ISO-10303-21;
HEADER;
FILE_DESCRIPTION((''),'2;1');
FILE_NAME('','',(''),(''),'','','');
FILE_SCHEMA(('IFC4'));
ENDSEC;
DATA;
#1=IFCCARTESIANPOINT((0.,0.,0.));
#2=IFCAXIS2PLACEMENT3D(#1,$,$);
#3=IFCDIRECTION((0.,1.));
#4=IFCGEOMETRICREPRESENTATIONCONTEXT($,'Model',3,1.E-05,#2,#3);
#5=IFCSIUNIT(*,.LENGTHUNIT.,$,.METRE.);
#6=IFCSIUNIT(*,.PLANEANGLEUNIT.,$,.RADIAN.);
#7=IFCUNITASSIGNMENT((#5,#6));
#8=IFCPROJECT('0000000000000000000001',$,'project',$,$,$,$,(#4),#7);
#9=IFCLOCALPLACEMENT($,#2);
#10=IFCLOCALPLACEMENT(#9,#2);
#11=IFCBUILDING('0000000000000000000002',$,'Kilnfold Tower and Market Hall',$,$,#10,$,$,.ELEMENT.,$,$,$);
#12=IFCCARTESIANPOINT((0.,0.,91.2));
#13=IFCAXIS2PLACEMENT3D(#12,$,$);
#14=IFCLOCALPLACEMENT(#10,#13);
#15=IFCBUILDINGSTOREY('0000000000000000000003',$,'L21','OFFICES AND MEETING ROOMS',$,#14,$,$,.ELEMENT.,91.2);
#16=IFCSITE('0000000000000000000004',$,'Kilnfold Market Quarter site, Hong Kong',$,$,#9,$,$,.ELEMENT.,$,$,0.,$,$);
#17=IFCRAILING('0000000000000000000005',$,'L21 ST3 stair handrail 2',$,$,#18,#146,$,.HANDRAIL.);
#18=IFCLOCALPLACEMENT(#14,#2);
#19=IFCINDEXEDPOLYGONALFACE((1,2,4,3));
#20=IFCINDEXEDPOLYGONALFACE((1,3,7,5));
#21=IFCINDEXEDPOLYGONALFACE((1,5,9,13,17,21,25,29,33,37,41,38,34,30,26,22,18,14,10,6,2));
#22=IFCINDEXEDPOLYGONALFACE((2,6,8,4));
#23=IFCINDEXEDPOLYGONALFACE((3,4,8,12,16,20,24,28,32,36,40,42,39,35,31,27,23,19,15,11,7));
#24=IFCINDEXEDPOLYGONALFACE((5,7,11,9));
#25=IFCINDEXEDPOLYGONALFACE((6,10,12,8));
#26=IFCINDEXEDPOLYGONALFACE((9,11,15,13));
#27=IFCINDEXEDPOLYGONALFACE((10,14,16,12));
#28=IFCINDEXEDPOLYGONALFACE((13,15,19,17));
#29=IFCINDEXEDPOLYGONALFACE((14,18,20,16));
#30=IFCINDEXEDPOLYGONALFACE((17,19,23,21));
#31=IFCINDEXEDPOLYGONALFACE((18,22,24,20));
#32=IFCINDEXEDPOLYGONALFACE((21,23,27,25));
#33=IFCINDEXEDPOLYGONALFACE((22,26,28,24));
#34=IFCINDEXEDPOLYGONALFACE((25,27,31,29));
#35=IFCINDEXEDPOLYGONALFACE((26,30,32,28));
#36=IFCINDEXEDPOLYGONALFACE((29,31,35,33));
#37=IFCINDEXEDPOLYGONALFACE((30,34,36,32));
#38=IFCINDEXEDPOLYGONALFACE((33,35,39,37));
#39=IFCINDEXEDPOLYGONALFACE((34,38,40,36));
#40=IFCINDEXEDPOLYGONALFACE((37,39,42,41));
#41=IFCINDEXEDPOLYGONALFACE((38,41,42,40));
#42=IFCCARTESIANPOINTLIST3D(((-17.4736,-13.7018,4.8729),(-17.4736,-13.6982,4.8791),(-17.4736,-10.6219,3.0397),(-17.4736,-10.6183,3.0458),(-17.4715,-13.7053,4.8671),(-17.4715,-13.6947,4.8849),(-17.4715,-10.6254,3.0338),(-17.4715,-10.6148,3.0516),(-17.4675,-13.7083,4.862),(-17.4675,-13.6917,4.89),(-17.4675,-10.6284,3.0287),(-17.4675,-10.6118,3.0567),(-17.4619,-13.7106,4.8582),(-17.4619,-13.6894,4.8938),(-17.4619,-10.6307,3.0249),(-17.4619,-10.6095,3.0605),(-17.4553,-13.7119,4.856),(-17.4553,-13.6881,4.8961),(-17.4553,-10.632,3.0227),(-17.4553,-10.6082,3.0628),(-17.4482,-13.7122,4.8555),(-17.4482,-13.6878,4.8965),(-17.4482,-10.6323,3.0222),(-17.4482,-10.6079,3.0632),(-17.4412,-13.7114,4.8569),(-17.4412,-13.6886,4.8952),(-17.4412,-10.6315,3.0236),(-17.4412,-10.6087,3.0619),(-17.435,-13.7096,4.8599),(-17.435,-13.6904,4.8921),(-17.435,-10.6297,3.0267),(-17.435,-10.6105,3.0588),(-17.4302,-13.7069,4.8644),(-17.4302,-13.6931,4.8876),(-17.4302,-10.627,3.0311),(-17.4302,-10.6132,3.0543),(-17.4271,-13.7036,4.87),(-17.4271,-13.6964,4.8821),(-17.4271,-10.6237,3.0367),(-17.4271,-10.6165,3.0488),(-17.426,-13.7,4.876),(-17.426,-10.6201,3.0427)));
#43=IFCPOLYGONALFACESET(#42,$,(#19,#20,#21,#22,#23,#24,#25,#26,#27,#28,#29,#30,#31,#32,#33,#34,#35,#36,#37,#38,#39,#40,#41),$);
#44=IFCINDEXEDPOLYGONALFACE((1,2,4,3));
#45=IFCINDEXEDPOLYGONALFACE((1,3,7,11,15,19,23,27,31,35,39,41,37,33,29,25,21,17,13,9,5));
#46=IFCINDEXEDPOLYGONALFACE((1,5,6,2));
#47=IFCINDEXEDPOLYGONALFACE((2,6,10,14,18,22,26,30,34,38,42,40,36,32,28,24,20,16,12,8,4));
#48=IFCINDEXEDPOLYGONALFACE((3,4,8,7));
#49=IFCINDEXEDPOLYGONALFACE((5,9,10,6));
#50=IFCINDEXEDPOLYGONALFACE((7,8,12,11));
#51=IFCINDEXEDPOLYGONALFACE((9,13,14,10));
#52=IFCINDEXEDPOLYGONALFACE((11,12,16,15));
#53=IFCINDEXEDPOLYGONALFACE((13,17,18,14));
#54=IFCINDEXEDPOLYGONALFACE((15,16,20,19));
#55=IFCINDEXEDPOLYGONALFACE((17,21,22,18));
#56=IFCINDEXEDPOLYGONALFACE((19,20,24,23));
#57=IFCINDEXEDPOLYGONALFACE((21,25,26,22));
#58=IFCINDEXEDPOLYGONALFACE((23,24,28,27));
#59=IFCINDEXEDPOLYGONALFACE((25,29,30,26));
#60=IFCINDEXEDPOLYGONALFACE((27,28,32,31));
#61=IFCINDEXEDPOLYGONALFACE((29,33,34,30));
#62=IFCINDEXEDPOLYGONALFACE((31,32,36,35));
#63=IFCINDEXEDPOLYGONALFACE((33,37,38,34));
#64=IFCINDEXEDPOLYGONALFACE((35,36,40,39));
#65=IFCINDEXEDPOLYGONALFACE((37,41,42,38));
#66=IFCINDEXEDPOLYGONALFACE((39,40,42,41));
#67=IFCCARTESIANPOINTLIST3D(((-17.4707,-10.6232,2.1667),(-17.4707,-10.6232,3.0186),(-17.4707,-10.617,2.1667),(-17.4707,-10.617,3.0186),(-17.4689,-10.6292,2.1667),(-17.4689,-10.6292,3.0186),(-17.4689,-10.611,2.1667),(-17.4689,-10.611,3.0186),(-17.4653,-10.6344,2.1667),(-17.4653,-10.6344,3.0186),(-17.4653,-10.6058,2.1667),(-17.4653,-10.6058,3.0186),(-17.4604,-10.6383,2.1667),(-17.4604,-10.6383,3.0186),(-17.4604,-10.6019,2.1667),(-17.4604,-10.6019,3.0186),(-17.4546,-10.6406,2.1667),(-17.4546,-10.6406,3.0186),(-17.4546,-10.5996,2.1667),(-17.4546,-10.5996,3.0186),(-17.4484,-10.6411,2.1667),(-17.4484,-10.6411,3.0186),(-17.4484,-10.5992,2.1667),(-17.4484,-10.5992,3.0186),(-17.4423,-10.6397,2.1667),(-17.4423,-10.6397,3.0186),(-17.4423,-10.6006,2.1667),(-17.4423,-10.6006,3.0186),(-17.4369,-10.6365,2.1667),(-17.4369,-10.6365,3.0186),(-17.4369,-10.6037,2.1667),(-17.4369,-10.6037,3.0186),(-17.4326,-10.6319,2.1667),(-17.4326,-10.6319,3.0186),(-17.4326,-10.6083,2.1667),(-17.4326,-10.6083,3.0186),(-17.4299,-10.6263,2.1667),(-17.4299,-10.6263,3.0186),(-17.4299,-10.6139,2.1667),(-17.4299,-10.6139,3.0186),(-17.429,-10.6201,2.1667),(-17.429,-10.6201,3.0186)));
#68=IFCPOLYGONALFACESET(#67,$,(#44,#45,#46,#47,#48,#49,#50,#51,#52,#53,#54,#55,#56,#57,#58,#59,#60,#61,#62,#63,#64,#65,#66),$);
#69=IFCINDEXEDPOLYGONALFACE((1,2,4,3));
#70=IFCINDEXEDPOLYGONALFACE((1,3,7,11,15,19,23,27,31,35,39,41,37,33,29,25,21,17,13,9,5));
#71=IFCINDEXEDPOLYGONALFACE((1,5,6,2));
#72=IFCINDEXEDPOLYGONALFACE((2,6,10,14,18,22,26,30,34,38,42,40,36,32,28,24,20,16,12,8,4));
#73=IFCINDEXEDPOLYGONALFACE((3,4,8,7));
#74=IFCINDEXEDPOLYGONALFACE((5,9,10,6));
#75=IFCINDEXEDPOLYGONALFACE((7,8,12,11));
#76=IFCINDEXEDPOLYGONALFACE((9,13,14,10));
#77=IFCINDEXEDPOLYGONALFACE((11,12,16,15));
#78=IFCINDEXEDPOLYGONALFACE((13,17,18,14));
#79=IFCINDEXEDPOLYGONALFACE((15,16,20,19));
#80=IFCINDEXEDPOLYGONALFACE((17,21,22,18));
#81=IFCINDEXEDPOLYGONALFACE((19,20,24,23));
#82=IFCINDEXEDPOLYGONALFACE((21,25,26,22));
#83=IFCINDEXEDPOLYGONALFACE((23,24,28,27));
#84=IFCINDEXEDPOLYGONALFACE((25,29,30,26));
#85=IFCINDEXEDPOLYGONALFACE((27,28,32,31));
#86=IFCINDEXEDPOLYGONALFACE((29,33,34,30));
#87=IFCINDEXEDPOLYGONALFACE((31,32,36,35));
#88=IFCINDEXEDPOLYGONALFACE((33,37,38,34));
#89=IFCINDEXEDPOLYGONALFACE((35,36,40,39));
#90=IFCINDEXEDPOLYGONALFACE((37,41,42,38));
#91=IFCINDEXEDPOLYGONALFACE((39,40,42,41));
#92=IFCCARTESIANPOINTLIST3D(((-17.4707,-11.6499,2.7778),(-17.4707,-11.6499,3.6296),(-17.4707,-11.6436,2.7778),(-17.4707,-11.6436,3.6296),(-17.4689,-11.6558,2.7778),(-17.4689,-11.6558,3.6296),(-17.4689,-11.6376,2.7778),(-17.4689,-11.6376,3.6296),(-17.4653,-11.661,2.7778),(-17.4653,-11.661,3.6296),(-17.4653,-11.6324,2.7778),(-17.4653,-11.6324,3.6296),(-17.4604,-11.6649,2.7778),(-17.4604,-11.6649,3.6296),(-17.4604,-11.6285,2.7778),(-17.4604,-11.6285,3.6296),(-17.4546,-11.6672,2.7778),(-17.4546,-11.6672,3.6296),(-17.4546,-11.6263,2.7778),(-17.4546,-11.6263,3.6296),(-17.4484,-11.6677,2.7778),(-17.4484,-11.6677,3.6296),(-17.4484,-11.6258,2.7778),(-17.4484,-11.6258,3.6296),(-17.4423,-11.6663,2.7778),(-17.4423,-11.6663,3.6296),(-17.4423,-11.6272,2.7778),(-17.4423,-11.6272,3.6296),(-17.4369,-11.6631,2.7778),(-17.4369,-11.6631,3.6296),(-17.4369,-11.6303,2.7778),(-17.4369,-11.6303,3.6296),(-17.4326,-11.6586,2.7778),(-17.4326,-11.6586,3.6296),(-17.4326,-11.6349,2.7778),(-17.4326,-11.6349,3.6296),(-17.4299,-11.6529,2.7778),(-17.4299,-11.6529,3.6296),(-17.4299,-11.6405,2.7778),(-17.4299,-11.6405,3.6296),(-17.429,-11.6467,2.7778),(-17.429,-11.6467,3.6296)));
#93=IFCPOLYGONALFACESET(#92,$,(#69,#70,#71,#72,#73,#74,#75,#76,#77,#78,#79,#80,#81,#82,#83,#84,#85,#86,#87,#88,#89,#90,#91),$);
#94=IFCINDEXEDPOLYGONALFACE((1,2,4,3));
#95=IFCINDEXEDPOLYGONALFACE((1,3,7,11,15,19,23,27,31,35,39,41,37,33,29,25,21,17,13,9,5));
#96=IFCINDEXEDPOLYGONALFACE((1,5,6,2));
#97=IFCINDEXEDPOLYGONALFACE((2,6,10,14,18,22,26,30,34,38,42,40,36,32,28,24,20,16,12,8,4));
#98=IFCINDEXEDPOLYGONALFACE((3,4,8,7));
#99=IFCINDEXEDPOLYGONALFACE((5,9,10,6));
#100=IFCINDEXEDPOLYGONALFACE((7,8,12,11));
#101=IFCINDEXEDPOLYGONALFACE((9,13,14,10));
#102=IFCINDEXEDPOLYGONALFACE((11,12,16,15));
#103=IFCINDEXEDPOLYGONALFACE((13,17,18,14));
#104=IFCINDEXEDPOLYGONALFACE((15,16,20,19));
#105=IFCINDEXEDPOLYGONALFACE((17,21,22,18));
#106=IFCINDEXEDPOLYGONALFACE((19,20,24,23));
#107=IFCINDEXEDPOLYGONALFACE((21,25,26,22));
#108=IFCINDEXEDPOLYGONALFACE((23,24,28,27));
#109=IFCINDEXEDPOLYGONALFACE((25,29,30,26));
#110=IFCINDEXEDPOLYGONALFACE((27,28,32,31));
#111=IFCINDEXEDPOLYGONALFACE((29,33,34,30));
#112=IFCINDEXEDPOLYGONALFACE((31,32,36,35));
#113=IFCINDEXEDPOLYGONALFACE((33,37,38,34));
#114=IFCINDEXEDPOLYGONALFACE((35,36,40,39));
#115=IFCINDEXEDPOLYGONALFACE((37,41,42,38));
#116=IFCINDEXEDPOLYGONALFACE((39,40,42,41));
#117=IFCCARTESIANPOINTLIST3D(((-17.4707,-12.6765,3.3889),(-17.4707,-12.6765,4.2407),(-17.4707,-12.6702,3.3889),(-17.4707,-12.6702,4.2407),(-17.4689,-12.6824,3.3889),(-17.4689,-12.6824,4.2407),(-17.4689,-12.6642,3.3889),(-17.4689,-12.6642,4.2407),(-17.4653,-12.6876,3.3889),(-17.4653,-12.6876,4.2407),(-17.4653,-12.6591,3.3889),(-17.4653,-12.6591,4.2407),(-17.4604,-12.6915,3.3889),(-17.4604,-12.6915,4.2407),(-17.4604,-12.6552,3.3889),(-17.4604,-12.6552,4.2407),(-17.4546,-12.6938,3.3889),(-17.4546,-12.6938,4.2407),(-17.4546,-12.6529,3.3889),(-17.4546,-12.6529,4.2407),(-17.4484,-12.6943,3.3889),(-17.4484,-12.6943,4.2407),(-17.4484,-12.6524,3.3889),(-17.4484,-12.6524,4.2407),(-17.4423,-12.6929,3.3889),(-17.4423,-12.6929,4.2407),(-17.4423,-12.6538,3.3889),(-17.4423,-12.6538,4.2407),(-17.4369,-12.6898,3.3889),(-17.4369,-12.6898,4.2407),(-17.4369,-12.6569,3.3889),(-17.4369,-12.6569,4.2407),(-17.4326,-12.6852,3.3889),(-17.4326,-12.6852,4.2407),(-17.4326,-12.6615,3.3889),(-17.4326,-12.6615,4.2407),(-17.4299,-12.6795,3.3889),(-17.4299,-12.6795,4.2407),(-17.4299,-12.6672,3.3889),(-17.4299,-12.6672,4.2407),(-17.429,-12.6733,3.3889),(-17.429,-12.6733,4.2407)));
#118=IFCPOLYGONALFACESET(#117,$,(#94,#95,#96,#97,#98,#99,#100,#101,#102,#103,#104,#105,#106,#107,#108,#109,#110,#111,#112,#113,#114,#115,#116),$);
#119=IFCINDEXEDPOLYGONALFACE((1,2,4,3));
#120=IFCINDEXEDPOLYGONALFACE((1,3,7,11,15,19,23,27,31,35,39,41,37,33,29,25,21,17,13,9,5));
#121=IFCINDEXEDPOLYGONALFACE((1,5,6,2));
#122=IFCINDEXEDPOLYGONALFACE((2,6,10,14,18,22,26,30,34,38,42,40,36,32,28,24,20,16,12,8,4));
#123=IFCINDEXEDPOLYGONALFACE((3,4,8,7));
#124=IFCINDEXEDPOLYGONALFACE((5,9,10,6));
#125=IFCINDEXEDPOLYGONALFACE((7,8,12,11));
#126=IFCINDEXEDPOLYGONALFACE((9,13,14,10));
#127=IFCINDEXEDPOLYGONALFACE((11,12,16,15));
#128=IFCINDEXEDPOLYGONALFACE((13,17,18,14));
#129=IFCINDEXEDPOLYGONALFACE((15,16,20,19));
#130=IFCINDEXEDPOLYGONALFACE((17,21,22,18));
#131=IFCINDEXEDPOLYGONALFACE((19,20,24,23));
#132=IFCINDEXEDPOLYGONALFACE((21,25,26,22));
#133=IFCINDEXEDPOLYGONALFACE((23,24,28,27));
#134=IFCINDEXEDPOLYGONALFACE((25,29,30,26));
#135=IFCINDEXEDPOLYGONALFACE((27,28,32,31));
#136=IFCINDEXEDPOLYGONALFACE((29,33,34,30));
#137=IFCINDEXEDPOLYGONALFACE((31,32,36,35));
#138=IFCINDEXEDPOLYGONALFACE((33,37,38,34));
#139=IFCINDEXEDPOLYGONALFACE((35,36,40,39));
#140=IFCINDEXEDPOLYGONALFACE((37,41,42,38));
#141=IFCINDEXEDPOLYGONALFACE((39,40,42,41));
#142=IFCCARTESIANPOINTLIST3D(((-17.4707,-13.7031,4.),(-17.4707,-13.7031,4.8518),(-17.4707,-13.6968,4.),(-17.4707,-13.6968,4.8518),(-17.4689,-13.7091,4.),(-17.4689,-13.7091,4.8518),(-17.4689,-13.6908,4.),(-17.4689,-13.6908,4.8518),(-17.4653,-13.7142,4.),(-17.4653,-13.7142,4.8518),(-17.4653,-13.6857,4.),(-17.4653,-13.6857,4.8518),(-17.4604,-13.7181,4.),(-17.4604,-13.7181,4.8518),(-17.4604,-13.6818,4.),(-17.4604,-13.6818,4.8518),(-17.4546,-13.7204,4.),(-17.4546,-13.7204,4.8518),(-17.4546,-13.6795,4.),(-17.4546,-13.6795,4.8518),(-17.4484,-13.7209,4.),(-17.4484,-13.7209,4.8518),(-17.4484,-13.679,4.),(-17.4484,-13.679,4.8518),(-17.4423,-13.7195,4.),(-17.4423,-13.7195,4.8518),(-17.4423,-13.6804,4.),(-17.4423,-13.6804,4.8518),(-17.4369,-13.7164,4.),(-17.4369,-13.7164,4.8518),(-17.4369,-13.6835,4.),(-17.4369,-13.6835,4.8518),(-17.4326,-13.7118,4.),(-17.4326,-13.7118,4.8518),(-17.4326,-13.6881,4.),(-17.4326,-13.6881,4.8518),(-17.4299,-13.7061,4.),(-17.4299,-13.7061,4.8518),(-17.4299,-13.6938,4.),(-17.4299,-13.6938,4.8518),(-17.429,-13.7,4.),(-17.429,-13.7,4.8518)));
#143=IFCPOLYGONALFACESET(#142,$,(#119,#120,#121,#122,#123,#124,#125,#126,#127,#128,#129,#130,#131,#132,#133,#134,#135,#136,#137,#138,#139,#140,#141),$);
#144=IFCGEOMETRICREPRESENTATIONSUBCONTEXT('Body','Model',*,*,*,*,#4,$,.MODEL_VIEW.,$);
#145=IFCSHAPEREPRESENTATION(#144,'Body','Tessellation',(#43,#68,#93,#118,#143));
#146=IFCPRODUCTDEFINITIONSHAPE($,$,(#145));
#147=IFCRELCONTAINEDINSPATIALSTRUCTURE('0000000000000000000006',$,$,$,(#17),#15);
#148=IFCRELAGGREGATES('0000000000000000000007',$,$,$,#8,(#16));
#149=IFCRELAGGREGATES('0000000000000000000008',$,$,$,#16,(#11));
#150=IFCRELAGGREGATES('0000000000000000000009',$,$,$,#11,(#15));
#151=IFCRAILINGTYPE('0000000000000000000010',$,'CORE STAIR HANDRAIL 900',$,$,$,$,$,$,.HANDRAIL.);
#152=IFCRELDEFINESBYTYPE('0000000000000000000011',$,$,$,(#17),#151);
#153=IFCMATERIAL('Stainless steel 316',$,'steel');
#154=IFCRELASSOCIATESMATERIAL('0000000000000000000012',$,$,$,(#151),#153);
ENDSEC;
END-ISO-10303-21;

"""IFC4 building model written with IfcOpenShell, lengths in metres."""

from ifc_helpers import new_model, si_unit, direction, frame, origin, origin_2d, place, context, subcontext, project, spatial, circle, extrude, material, type_object, element, save


model = new_model("IFC4")

# Units and contexts
model_context = context("Model", 3, precision=1e-05, world=origin(), true_north=direction((0.0, 1.0)))
body_context = subcontext(model_context, "Body", "Model", "MODEL_VIEW")
ifc_project = project(units=[si_unit("LENGTHUNIT", "METRE"), si_unit("PLANEANGLEUNIT", "RADIAN")], contexts=[model_context])

# Site, building, storey
site_placement = place(None, origin())
site = spatial("IfcSite", under=ifc_project, at=site_placement, Name="Kilnfold Market Quarter site, Hong Kong", CompositionType="ELEMENT", RefElevation=0.0)
building_placement = place(site_placement, origin())
building = spatial("IfcBuilding", under=site, at=building_placement, Name="Kilnfold Tower and Market Hall", CompositionType="ELEMENT")
storey_placement = place(building_placement, frame((0.0, 0.0, 91.2)))
storey = spatial("IfcBuildingStorey", under=building, at=storey_placement, Name="L21", Description="OFFICES AND MEETING ROOMS", CompositionType="ELEMENT", Elevation=91.2)

# Railing
ifc_material_1 = material(Name="Stainless steel 316", Category="steel")
railing_type_1 = type_object("IfcRailingType", Name="CORE STAIR HANDRAIL 900", PredefinedType="HANDRAIL", material=ifc_material_1)
railing_1_placement = place(storey_placement, frame((-17.45, -10.6201, 2.1667)))
element("IfcRailing", 1, at=railing_1_placement, inside=storey, type_object=railing_type_1, Name="L21 ST3 stair handrail 2", PredefinedType="HANDRAIL", context=body_context, shape_type="SweptSolid", body=[
    extrude(circle(Radius=0.0239, at=origin_2d()), frame((0.0, 0.0, 0.876), z_axis=(0.0, -0.859291, 0.511487), x_axis=(1.0, 0.0, 0.0)), (0.0, 0.0, 1.0), 3.5842),
    extrude(circle(Radius=0.021, at=origin_2d()), origin(), (0.0, 0.0, 1.0), 0.8518),
    extrude(circle(Radius=0.021, at=origin_2d()), frame((0.0, -1.0266, 0.6111)), (0.0, 0.0, 1.0), 0.8518),
    extrude(circle(Radius=0.021, at=origin_2d()), frame((0.0, -2.0532, 1.2222)), (0.0, 0.0, 1.0), 0.8518),
    extrude(circle(Radius=0.021, at=origin_2d()), frame((0.0, -3.0798, 1.8333)), (0.0, 0.0, 1.0), 0.8518),
])

save(model, "model.ifc")
